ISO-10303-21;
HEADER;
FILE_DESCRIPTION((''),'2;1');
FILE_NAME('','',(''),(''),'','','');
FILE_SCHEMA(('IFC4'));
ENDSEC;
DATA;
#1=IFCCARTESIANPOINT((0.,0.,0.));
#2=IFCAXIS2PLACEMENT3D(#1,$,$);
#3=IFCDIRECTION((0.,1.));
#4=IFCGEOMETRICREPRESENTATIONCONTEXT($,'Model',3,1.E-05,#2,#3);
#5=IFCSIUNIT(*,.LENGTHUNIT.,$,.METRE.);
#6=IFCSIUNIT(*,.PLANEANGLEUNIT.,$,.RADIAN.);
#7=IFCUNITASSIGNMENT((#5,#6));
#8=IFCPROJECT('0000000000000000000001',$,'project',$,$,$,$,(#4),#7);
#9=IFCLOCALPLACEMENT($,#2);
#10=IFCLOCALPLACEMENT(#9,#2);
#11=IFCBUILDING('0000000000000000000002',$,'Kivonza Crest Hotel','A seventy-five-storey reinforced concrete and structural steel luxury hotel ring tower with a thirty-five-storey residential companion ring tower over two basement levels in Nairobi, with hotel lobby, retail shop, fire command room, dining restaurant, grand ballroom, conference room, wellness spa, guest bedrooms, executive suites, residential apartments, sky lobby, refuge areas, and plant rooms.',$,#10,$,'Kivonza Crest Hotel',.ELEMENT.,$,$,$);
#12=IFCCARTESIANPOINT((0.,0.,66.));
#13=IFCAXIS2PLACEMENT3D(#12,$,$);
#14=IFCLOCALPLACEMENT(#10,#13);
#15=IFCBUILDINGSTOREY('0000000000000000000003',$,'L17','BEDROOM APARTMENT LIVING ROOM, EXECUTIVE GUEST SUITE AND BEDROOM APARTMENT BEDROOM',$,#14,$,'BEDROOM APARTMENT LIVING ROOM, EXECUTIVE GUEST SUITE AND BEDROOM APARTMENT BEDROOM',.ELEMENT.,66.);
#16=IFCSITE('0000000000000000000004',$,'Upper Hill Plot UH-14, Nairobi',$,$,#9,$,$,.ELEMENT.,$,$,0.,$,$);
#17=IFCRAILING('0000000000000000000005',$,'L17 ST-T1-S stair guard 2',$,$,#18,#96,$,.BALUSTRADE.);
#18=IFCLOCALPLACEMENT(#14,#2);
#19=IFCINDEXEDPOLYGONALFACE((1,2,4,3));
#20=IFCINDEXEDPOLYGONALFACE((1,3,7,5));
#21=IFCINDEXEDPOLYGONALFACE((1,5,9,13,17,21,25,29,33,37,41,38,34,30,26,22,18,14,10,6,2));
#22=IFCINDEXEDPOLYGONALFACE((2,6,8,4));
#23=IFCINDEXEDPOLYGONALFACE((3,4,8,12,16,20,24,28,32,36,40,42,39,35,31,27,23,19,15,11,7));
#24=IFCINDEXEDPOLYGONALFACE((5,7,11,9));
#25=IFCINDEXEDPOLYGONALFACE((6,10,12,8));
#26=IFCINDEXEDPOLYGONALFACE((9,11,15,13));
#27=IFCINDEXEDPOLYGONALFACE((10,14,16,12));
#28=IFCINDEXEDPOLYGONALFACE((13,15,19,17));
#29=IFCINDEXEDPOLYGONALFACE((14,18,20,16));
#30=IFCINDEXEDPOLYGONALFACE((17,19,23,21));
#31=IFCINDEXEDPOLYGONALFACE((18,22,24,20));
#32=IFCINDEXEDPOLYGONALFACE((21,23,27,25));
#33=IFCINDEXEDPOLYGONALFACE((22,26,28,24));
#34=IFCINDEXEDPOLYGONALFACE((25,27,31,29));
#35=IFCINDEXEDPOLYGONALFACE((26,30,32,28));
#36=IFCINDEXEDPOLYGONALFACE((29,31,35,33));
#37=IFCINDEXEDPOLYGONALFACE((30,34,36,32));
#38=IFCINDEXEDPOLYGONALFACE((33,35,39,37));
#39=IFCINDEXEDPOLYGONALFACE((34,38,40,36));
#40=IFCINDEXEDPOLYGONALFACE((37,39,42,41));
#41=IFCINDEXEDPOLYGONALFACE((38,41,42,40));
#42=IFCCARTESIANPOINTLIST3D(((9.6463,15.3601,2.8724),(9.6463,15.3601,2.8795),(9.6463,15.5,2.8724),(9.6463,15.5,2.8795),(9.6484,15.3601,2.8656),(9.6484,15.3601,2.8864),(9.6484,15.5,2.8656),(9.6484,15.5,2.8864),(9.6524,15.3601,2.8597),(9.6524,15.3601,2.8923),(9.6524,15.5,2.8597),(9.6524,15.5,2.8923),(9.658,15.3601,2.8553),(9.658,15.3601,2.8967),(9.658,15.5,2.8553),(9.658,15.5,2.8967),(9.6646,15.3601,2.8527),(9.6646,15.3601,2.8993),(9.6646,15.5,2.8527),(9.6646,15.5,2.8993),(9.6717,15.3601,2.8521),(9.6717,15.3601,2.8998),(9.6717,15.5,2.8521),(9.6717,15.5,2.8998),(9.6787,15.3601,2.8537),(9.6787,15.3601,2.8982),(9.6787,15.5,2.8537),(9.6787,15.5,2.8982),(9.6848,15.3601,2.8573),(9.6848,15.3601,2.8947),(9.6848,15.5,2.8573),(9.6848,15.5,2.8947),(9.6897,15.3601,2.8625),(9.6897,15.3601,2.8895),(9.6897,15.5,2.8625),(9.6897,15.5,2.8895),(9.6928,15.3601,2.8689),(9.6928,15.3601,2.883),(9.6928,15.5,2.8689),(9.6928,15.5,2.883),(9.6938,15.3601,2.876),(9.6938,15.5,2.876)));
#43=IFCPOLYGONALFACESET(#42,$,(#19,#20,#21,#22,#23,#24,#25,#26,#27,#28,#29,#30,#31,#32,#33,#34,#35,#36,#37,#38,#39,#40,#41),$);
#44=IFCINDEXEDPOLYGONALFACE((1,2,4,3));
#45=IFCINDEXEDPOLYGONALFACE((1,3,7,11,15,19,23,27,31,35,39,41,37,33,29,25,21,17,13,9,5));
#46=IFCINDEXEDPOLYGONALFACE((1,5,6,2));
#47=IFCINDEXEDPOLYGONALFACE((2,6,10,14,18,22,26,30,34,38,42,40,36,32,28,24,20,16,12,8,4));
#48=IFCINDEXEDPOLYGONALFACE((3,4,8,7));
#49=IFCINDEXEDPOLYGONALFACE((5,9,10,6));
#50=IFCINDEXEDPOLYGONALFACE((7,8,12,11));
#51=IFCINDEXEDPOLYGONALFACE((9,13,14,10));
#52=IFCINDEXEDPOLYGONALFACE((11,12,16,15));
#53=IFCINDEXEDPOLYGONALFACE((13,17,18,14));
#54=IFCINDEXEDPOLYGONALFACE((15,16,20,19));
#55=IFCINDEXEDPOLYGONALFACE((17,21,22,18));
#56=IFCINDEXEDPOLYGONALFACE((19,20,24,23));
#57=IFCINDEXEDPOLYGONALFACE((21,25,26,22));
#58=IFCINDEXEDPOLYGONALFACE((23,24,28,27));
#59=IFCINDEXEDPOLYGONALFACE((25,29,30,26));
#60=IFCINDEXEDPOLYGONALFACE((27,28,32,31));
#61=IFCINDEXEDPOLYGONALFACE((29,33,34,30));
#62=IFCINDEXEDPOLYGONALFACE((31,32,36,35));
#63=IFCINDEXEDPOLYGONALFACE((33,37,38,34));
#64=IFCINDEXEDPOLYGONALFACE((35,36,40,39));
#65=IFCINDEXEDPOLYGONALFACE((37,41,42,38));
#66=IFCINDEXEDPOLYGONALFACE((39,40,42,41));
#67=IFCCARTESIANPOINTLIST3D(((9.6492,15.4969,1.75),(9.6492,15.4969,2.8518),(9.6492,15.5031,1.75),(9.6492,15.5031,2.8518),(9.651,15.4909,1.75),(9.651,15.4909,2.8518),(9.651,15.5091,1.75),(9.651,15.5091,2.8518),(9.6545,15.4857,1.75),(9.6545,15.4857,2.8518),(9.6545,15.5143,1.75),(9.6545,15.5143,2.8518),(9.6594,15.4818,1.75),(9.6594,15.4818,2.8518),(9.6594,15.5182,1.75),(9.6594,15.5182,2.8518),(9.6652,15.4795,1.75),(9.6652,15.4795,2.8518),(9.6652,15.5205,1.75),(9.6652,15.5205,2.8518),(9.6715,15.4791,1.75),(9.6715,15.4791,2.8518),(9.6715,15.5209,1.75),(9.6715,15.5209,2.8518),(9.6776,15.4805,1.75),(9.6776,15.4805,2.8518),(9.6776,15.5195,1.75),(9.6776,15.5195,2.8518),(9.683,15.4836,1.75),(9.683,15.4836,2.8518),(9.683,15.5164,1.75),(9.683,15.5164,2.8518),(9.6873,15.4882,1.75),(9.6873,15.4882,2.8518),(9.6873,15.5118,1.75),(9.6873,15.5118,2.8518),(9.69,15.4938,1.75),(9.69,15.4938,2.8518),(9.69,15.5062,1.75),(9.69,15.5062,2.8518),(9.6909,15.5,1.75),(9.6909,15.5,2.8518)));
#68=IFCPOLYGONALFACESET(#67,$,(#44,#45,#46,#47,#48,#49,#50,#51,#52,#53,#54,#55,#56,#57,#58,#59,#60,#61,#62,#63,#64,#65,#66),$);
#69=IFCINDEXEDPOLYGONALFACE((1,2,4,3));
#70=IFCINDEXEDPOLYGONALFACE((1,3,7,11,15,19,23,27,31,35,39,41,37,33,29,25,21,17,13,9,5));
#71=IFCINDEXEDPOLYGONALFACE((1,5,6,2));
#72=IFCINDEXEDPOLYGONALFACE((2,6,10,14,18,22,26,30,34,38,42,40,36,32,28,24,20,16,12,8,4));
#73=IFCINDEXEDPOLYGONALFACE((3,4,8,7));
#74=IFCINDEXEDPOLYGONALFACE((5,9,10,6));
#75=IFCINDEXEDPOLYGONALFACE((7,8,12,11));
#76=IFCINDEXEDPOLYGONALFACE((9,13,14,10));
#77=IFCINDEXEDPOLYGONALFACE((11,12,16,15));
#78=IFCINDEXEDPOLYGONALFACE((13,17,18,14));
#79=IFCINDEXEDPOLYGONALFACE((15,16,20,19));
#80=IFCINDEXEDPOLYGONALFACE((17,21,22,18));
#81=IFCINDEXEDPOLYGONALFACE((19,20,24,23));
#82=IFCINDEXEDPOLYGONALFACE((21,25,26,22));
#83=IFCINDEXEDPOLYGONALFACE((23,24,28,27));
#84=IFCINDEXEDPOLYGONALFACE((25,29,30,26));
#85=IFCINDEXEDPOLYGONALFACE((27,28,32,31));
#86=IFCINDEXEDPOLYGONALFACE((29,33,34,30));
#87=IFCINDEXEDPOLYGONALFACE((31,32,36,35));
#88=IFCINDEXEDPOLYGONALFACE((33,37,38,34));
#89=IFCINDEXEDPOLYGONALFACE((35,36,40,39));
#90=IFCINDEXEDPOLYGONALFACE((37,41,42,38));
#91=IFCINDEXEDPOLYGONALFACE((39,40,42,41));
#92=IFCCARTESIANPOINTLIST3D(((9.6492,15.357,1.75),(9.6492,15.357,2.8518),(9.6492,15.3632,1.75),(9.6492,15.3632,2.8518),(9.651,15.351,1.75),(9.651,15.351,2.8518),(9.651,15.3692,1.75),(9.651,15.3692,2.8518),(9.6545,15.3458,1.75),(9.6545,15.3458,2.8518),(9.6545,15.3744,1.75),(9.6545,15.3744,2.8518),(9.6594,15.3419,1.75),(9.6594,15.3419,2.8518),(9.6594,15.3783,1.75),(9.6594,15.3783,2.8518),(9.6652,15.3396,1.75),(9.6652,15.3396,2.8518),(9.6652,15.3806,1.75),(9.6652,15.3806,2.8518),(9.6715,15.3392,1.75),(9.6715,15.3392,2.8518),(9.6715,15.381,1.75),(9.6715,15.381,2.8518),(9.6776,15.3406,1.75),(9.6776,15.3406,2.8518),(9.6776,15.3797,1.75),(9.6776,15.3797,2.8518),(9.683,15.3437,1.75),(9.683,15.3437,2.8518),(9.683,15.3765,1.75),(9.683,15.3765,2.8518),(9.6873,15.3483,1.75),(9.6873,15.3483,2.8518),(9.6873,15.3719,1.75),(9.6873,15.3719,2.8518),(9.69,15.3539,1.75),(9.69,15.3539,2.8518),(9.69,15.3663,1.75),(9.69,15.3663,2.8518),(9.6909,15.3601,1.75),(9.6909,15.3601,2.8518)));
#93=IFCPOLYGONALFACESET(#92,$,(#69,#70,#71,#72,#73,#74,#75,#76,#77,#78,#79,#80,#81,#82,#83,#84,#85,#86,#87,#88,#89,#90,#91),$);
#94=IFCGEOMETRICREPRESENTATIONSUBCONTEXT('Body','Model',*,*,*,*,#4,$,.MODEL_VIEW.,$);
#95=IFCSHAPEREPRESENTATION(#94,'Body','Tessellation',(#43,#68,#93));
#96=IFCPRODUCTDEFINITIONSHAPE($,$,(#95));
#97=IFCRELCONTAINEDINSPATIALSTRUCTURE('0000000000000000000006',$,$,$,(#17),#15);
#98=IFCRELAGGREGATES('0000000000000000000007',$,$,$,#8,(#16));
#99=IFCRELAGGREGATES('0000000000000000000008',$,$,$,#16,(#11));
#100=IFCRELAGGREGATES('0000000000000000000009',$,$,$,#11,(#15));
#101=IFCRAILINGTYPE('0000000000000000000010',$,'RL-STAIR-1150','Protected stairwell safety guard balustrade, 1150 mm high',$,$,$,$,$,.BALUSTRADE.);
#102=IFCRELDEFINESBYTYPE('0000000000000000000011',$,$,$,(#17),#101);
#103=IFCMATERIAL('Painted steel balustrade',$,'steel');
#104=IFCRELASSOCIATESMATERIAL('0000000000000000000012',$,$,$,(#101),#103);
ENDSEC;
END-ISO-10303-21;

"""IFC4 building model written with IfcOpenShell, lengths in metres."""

from ifc_helpers import new_model, si_unit, direction, frame, origin, origin_2d, place, context, subcontext, project, spatial, circle, extrude, material, type_object, element, save


model = new_model("IFC4")

# Units and contexts
model_context = context("Model", 3, precision=1e-05, world=origin(), true_north=direction((0.0, 1.0)))
body_context = subcontext(model_context, "Body", "Model", "MODEL_VIEW")
ifc_project = project(units=[si_unit("LENGTHUNIT", "METRE"), si_unit("PLANEANGLEUNIT", "RADIAN")], contexts=[model_context])

# Site, building, storey
site_placement = place(None, origin())
site = spatial("IfcSite", under=ifc_project, at=site_placement, Name="Upper Hill Plot UH-14, Nairobi", CompositionType="ELEMENT", RefElevation=0.0)
building_placement = place(site_placement, origin())
building = spatial("IfcBuilding", under=site, at=building_placement, Name="Kivonza Crest Hotel", Description="A seventy-five-storey reinforced concrete and structural steel luxury hotel ring tower with a thirty-five-storey residential companion ring tower over two basement levels in Nairobi, with hotel lobby, retail shop, fire command room, dining restaurant, grand ballroom, conference room, wellness spa, guest bedrooms, executive suites, residential apartments, sky lobby, refuge areas, and plant rooms.", LongName="Kivonza Crest Hotel", CompositionType="ELEMENT")
storey_placement = place(building_placement, frame((0.0, 0.0, 66.0)))
storey = spatial("IfcBuildingStorey", under=building, at=storey_placement, Name="L17", Description="BEDROOM APARTMENT LIVING ROOM, EXECUTIVE GUEST SUITE AND BEDROOM APARTMENT BEDROOM", LongName="BEDROOM APARTMENT LIVING ROOM, EXECUTIVE GUEST SUITE AND BEDROOM APARTMENT BEDROOM", CompositionType="ELEMENT", Elevation=66.0)

# Railing
ifc_material_1 = material(Name="Painted steel balustrade", Category="steel")
railing_type_1 = type_object("IfcRailingType", Name="RL-STAIR-1150", Description="Protected stairwell safety guard balustrade, 1150 mm high", PredefinedType="BALUSTRADE", material=ifc_material_1)
railing_1_placement = place(storey_placement, frame((9.6699, 15.5, 1.75)))
element("IfcRailing", 1, at=railing_1_placement, inside=storey, type_object=railing_type_1, Name="L17 ST-T1-S stair guard 2", PredefinedType="BALUSTRADE", context=body_context, shape_type="SweptSolid", body=[
    extrude(circle(Radius=0.0239, at=origin_2d()), frame((0.0, 0.0, 1.126), z_axis=(0.0, -1.0, 0.0), x_axis=(1.0, 0.0, 0.0)), (0.0, 0.0, 1.0), 0.1399),
    extrude(circle(Radius=0.021, at=origin_2d()), origin(), (0.0, 0.0, 1.0), 1.1018),
    extrude(circle(Radius=0.021, at=origin_2d()), frame((0.0, -0.1399, 0.0)), (0.0, 0.0, 1.0), 1.1018),
])

save(model, "model.ifc")
